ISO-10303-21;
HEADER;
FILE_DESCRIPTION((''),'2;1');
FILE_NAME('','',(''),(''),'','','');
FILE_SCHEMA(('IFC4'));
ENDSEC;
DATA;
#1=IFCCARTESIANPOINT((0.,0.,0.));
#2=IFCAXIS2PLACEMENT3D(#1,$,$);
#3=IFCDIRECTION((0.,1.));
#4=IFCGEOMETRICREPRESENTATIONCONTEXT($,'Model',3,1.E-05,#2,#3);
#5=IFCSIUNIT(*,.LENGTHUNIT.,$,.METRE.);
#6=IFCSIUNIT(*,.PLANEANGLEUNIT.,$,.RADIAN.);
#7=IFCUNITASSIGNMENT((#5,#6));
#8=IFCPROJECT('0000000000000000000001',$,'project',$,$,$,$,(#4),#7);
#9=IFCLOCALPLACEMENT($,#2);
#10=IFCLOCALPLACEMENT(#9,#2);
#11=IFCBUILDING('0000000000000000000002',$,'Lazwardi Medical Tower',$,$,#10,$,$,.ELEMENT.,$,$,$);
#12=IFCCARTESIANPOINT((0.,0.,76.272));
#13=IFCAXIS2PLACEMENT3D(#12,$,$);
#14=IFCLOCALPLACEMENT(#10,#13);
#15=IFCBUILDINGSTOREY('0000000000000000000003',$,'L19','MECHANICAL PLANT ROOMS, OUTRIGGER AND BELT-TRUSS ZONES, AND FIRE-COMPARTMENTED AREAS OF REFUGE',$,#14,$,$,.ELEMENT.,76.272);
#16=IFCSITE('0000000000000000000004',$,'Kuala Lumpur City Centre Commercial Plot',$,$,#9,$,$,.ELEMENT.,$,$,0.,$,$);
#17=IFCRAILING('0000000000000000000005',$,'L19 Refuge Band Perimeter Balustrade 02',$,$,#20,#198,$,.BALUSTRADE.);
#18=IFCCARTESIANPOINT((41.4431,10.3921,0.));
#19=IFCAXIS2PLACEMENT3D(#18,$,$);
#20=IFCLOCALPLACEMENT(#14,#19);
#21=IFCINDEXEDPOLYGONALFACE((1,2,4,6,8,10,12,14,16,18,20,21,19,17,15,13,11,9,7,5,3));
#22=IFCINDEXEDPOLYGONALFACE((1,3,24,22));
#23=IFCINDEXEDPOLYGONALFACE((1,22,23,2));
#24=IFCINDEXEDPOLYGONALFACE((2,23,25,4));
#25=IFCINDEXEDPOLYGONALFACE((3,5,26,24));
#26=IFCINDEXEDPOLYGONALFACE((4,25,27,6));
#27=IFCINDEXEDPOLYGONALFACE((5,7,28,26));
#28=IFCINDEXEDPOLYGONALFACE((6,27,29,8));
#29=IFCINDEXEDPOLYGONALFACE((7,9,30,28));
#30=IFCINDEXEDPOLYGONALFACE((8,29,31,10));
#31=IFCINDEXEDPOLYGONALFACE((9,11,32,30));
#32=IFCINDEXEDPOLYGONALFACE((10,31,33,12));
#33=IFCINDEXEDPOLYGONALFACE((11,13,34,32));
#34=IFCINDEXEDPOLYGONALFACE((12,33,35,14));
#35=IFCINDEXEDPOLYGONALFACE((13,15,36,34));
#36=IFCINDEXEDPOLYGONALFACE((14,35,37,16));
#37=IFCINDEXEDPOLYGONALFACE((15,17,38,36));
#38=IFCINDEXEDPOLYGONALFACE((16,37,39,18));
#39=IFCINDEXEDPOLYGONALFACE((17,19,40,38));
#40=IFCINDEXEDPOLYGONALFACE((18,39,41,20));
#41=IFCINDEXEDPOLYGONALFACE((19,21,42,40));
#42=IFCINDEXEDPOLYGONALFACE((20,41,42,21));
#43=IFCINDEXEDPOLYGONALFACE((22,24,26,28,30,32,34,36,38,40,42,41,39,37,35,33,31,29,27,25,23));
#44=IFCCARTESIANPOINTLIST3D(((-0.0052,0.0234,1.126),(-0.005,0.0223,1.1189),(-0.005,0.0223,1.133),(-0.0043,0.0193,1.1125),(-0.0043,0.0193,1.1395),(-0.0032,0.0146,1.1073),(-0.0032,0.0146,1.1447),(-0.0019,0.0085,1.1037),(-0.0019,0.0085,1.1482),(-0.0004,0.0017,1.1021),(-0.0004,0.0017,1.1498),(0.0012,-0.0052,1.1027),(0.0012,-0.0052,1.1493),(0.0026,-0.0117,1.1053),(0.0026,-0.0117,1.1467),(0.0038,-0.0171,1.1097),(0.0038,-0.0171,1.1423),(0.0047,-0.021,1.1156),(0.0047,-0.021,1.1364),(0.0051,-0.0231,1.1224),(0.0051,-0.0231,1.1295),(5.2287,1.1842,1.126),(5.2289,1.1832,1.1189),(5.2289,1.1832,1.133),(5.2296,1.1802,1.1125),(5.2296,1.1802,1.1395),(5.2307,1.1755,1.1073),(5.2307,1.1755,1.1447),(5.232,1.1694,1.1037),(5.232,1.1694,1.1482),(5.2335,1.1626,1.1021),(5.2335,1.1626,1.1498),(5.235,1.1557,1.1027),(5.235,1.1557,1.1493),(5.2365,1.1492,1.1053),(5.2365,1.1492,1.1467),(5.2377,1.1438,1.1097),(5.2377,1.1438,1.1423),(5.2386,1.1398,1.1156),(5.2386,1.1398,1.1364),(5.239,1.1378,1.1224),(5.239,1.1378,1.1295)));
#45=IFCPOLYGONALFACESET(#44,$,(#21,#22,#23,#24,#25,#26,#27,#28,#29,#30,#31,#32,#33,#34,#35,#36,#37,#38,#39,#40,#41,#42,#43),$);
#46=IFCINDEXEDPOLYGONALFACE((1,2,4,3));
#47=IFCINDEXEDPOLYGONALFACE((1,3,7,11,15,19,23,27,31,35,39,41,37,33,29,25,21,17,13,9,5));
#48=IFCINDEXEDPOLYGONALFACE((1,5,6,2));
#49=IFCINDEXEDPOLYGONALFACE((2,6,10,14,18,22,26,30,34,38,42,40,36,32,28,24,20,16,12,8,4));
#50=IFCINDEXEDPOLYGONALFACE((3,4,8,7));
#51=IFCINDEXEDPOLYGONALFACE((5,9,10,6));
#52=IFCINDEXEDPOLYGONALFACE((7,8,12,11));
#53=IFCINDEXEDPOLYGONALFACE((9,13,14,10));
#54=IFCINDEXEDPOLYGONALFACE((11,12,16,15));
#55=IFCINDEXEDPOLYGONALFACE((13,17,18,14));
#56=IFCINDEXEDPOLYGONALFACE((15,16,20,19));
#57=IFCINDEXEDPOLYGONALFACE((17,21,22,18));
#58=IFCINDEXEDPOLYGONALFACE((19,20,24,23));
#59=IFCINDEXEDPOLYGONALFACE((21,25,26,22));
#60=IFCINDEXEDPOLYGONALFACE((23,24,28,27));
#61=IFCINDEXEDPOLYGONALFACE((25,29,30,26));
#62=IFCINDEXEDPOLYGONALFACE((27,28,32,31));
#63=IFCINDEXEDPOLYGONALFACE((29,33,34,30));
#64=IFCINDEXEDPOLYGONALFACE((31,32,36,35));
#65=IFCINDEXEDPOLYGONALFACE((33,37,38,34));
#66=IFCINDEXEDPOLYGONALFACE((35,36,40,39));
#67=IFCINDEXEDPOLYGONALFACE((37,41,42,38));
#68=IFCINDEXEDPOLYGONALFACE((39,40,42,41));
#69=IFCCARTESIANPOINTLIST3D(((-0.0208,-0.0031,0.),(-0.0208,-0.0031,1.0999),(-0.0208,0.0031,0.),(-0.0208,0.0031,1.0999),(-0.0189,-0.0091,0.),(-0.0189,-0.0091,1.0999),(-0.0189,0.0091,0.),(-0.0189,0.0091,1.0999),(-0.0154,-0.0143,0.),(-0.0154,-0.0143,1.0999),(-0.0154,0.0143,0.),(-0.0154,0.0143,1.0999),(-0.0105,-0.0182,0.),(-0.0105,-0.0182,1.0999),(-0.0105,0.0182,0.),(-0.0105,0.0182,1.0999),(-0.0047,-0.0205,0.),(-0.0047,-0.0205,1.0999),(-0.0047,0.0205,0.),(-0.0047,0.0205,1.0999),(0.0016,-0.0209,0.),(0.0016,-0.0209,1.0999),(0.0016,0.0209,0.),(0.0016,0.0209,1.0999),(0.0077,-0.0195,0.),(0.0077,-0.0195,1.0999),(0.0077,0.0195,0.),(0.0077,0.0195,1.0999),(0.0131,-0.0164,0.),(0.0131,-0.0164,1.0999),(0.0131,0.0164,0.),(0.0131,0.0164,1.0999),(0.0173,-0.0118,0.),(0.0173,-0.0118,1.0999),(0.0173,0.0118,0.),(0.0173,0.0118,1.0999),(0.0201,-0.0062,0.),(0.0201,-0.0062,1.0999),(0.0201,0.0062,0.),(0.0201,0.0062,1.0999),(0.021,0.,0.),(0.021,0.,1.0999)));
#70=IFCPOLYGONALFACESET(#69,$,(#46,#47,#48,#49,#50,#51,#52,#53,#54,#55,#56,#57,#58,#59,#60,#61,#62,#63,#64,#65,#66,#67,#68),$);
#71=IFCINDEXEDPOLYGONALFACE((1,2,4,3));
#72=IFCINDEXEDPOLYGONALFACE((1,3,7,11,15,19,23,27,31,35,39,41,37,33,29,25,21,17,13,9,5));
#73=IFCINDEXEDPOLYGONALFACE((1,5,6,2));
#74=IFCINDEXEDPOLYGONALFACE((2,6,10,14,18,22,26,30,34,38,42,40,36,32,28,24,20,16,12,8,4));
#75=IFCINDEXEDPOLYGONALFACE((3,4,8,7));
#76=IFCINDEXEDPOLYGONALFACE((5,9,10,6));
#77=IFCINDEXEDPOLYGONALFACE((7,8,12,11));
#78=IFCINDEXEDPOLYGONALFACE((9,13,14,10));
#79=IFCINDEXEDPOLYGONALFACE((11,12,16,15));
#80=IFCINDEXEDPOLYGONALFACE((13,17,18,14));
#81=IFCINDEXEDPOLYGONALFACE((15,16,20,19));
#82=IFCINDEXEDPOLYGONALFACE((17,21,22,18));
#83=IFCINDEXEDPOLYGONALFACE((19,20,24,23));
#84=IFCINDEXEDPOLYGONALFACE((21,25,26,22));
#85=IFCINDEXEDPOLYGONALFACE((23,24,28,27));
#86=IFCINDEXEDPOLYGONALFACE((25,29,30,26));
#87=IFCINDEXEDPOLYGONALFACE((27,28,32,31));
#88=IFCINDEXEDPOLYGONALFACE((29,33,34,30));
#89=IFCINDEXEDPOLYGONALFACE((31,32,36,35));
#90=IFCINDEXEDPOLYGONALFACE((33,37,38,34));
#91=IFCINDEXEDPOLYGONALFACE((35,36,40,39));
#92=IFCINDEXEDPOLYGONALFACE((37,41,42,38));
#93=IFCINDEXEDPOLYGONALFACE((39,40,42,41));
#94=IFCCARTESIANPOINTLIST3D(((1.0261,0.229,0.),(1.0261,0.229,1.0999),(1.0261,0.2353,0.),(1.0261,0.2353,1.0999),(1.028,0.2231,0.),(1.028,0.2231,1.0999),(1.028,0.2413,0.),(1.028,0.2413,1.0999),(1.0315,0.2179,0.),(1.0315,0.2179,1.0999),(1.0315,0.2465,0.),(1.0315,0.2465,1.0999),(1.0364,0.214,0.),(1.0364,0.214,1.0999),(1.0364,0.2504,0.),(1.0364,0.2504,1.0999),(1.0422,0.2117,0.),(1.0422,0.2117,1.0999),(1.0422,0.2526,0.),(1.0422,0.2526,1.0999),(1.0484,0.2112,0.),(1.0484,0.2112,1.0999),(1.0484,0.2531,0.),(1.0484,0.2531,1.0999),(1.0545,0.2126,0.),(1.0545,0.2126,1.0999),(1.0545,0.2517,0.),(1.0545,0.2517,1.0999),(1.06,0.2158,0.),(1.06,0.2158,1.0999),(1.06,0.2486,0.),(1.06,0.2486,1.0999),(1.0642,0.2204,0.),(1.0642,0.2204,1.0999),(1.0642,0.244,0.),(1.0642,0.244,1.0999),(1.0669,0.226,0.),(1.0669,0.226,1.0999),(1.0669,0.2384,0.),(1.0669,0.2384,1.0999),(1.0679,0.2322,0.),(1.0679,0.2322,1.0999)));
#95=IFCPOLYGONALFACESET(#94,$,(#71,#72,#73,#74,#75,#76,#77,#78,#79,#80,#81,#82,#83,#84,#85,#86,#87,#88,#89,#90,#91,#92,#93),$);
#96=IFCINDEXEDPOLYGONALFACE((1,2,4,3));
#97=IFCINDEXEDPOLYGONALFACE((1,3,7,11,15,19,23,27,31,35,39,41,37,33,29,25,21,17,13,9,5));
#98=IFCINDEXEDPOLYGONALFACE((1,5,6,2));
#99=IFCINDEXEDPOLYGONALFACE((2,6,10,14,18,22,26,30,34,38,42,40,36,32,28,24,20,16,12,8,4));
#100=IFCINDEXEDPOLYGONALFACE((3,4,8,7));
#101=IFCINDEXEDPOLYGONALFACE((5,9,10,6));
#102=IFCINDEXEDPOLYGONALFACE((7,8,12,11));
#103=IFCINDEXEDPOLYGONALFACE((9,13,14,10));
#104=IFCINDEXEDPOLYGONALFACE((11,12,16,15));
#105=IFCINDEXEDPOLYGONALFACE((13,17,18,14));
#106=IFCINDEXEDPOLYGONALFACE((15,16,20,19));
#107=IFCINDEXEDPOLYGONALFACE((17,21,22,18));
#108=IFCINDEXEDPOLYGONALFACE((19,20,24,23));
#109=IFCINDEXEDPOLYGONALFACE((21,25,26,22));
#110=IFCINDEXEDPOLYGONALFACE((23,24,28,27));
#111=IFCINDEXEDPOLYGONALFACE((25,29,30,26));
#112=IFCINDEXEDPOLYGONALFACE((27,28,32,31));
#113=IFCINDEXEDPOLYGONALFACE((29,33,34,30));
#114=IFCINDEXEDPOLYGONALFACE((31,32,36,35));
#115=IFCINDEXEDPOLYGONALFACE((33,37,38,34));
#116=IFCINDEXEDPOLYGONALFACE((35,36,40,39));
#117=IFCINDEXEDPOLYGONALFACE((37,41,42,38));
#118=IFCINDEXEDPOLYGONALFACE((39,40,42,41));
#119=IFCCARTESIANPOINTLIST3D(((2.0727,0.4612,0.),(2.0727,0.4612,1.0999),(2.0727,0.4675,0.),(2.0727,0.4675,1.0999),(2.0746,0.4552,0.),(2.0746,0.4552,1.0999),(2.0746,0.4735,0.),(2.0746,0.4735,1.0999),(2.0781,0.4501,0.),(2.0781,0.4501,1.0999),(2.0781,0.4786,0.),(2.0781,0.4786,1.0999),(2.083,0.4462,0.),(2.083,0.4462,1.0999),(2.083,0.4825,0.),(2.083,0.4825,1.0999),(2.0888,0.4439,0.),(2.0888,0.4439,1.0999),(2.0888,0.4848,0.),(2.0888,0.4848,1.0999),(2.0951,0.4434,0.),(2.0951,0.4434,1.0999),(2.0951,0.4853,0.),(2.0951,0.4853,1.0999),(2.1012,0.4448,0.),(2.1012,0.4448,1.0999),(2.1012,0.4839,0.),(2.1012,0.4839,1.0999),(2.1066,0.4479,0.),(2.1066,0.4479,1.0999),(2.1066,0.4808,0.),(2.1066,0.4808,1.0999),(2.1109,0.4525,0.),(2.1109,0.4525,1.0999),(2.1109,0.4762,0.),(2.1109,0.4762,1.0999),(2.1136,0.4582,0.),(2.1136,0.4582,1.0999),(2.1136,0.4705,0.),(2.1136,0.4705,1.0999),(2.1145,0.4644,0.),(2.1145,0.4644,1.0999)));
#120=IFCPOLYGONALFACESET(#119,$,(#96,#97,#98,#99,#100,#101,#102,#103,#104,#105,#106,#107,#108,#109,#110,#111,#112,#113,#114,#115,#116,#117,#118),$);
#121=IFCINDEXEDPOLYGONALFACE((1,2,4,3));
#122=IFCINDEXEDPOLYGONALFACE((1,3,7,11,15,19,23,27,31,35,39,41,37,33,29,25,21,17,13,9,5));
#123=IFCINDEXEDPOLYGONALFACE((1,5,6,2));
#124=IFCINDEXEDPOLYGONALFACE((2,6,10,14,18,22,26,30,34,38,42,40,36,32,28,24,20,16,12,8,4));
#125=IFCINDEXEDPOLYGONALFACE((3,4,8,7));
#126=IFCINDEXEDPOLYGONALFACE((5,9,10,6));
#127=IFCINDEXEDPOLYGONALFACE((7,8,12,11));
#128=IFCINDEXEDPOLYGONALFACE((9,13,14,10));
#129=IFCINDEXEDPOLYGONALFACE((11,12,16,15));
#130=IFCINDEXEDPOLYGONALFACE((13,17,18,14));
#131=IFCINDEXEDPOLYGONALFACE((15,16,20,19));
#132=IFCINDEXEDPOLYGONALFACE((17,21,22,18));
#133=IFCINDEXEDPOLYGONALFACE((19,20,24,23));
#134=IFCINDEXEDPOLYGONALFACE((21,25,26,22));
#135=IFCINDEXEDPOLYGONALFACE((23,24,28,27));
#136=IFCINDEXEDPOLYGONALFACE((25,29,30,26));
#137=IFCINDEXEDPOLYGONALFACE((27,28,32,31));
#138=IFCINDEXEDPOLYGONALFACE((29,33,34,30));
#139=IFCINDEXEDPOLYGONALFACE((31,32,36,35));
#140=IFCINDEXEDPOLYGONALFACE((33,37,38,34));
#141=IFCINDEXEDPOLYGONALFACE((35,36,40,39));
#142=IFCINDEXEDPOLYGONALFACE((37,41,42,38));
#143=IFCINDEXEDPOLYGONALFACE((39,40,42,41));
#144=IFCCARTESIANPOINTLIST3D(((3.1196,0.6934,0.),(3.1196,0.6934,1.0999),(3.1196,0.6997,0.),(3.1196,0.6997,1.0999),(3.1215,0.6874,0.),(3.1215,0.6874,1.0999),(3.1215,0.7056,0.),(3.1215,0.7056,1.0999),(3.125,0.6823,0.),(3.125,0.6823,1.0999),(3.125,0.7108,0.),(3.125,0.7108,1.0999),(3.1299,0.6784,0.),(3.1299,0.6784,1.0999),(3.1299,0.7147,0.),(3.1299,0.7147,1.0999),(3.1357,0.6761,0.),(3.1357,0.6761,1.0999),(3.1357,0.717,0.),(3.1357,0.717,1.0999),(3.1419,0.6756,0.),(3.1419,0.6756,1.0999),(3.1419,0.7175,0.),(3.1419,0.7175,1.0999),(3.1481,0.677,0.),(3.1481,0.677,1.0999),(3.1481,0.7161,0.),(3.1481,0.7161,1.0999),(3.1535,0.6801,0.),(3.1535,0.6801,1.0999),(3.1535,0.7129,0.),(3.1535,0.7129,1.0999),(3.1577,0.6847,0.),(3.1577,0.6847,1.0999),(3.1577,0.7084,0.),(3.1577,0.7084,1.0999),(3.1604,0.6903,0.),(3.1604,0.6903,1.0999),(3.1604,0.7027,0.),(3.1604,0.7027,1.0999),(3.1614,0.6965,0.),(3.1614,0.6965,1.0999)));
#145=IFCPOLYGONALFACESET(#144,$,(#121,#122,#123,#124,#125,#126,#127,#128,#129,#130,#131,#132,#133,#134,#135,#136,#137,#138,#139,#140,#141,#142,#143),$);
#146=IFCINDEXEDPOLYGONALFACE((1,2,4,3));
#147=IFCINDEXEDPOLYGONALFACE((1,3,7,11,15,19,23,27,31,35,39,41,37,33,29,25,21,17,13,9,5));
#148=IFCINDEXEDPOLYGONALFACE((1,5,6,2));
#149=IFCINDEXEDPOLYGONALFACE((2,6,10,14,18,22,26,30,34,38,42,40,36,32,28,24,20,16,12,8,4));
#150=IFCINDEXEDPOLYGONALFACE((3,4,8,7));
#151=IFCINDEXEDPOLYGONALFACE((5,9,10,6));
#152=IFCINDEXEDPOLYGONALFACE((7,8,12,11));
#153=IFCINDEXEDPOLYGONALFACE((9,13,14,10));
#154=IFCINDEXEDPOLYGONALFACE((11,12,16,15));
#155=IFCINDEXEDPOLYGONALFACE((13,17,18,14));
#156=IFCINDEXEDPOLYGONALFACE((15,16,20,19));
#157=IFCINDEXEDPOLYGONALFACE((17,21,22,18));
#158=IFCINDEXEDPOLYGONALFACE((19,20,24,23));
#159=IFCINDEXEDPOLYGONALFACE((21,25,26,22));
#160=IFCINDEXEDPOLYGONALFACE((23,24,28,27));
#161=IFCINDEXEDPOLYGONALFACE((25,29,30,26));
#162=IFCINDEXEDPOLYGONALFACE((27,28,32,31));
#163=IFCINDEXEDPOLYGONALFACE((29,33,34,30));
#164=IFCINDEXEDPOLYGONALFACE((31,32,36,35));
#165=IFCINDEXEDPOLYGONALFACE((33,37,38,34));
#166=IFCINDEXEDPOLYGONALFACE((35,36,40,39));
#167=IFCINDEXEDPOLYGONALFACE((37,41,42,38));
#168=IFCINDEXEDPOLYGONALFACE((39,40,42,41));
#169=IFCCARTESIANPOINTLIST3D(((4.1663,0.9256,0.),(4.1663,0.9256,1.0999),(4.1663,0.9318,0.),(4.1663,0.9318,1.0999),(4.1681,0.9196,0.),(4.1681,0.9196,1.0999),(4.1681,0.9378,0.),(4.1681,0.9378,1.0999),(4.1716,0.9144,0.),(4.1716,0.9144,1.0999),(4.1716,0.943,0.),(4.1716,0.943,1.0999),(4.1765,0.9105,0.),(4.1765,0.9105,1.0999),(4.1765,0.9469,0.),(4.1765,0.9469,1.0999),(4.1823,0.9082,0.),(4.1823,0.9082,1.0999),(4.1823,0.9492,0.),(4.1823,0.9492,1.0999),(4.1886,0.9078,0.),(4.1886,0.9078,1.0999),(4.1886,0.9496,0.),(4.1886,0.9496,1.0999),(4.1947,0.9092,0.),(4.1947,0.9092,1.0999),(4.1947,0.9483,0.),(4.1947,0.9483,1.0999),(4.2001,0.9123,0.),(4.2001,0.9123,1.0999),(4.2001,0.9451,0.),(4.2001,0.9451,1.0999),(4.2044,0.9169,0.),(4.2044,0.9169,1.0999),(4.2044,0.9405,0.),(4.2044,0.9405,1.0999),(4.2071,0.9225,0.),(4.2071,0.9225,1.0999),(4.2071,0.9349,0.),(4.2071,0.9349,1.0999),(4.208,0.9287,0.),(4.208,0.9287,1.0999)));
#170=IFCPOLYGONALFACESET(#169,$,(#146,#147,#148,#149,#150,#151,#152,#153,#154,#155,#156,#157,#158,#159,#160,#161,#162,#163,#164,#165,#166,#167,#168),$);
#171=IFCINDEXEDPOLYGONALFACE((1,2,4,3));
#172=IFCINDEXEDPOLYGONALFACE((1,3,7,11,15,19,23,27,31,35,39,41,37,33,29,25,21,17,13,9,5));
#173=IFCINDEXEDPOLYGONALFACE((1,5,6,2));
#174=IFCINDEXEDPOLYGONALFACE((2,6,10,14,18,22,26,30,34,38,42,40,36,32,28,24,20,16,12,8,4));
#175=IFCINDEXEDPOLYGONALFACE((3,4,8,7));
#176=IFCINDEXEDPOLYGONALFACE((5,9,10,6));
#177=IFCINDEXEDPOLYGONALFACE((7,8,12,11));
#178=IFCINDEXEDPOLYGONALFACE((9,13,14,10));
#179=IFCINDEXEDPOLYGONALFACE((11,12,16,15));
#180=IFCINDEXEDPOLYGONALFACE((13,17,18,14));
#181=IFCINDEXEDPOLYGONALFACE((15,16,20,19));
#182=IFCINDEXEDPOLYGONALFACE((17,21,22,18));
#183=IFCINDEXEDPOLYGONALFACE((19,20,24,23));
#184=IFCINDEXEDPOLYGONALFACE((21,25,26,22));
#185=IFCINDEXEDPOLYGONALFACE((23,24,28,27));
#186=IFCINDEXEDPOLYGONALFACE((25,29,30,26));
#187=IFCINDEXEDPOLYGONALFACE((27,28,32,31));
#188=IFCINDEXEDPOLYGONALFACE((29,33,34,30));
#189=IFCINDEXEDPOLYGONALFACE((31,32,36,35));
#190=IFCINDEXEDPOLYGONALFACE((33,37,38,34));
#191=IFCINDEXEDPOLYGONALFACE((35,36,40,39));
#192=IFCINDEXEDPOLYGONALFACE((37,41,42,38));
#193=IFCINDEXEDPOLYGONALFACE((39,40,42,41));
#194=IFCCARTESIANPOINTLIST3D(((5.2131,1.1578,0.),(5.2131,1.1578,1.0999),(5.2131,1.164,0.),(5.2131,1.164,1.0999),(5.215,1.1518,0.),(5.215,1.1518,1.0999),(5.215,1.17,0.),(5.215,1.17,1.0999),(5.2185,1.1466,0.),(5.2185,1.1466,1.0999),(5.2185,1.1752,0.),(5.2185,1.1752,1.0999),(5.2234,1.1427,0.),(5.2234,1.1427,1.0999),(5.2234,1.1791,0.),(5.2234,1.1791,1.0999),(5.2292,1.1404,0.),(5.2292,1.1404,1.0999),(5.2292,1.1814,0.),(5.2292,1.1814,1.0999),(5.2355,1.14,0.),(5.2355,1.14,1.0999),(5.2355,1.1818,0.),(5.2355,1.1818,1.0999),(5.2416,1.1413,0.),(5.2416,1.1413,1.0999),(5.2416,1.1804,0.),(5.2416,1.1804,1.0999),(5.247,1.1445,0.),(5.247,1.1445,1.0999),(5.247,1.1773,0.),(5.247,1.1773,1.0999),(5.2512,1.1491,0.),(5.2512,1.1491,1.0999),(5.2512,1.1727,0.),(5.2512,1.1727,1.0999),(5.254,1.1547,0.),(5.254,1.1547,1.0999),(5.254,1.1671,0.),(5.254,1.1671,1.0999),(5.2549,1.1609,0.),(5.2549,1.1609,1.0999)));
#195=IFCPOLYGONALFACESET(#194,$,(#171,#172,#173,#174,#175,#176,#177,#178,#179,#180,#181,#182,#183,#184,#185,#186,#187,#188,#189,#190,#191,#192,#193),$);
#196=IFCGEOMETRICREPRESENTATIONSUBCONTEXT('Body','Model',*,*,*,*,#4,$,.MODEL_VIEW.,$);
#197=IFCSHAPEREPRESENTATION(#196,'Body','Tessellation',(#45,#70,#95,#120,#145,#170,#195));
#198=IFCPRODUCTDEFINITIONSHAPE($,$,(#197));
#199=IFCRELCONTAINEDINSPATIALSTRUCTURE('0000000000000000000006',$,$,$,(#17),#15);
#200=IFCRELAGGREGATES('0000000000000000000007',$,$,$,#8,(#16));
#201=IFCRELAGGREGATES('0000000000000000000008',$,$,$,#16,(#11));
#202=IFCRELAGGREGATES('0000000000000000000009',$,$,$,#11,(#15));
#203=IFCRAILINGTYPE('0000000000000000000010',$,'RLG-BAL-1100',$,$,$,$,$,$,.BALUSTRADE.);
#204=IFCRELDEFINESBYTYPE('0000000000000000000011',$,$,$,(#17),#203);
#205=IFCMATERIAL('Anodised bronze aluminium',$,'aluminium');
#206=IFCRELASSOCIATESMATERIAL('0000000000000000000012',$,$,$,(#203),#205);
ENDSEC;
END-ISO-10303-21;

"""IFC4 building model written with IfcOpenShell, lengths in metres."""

from ifc_helpers import new_model, si_unit, direction, frame, origin, origin_2d, place, context, subcontext, project, spatial, circle, extrude, material, type_object, element, save


model = new_model("IFC4")

# Units and contexts
model_context = context("Model", 3, precision=1e-05, world=origin(), true_north=direction((0.0, 1.0)))
body_context = subcontext(model_context, "Body", "Model", "MODEL_VIEW")
ifc_project = project(units=[si_unit("LENGTHUNIT", "METRE"), si_unit("PLANEANGLEUNIT", "RADIAN")], contexts=[model_context])

# Site, building, storey
site_placement = place(None, origin())
site = spatial("IfcSite", under=ifc_project, at=site_placement, Name="Kuala Lumpur City Centre Commercial Plot", CompositionType="ELEMENT", RefElevation=0.0)
building_placement = place(site_placement, origin())
building = spatial("IfcBuilding", under=site, at=building_placement, Name="Lazwardi Medical Tower", CompositionType="ELEMENT")
storey_placement = place(building_placement, frame((0.0, 0.0, 76.272)))
storey = spatial("IfcBuildingStorey", under=building, at=storey_placement, Name="L19", Description="MECHANICAL PLANT ROOMS, OUTRIGGER AND BELT-TRUSS ZONES, AND FIRE-COMPARTMENTED AREAS OF REFUGE", CompositionType="ELEMENT", Elevation=76.272)

# Railing
ifc_material_1 = material(Name="Anodised bronze aluminium", Category="aluminium")
railing_type = type_object("IfcRailingType", Name="RLG-BAL-1100", PredefinedType="BALUSTRADE", material=ifc_material_1)
railing_1_placement = place(storey_placement, frame((41.4431, 10.3921, 0.0)))
element("IfcRailing", 1, at=railing_1_placement, inside=storey, type_object=railing_type, Name="L19 Refuge Band Perimeter Balustrade 02", PredefinedType="BALUSTRADE", context=body_context, shape_type="SweptSolid", body=[
    extrude(circle(Radius=0.0239, at=origin_2d()), frame((0.0, 0.0, 1.126), z_axis=(0.976274, 0.21654, 0.0), x_axis=(-0.21654, 0.976274, 0.0)), (0.0, 0.0, 1.0), 5.3611),
    extrude(circle(Radius=0.021, at=origin_2d()), origin(), (0.0, 0.0, 1.0), 1.0999),
    extrude(circle(Radius=0.021, at=origin_2d()), frame((1.0469, 0.2322, 0.0)), (0.0, 0.0, 1.0), 1.0999),
    extrude(circle(Radius=0.021, at=origin_2d()), frame((2.0935, 0.4644, 0.0)), (0.0, 0.0, 1.0), 1.0999),
    extrude(circle(Radius=0.021, at=origin_2d()), frame((3.1404, 0.6965, 0.0)), (0.0, 0.0, 1.0), 1.0999),
    extrude(circle(Radius=0.021, at=origin_2d()), frame((4.187, 0.9287, 0.0)), (0.0, 0.0, 1.0), 1.0999),
    extrude(circle(Radius=0.021, at=origin_2d()), frame((5.2339, 1.1609, 0.0)), (0.0, 0.0, 1.0), 1.0999),
])

save(model, "model.ifc")
